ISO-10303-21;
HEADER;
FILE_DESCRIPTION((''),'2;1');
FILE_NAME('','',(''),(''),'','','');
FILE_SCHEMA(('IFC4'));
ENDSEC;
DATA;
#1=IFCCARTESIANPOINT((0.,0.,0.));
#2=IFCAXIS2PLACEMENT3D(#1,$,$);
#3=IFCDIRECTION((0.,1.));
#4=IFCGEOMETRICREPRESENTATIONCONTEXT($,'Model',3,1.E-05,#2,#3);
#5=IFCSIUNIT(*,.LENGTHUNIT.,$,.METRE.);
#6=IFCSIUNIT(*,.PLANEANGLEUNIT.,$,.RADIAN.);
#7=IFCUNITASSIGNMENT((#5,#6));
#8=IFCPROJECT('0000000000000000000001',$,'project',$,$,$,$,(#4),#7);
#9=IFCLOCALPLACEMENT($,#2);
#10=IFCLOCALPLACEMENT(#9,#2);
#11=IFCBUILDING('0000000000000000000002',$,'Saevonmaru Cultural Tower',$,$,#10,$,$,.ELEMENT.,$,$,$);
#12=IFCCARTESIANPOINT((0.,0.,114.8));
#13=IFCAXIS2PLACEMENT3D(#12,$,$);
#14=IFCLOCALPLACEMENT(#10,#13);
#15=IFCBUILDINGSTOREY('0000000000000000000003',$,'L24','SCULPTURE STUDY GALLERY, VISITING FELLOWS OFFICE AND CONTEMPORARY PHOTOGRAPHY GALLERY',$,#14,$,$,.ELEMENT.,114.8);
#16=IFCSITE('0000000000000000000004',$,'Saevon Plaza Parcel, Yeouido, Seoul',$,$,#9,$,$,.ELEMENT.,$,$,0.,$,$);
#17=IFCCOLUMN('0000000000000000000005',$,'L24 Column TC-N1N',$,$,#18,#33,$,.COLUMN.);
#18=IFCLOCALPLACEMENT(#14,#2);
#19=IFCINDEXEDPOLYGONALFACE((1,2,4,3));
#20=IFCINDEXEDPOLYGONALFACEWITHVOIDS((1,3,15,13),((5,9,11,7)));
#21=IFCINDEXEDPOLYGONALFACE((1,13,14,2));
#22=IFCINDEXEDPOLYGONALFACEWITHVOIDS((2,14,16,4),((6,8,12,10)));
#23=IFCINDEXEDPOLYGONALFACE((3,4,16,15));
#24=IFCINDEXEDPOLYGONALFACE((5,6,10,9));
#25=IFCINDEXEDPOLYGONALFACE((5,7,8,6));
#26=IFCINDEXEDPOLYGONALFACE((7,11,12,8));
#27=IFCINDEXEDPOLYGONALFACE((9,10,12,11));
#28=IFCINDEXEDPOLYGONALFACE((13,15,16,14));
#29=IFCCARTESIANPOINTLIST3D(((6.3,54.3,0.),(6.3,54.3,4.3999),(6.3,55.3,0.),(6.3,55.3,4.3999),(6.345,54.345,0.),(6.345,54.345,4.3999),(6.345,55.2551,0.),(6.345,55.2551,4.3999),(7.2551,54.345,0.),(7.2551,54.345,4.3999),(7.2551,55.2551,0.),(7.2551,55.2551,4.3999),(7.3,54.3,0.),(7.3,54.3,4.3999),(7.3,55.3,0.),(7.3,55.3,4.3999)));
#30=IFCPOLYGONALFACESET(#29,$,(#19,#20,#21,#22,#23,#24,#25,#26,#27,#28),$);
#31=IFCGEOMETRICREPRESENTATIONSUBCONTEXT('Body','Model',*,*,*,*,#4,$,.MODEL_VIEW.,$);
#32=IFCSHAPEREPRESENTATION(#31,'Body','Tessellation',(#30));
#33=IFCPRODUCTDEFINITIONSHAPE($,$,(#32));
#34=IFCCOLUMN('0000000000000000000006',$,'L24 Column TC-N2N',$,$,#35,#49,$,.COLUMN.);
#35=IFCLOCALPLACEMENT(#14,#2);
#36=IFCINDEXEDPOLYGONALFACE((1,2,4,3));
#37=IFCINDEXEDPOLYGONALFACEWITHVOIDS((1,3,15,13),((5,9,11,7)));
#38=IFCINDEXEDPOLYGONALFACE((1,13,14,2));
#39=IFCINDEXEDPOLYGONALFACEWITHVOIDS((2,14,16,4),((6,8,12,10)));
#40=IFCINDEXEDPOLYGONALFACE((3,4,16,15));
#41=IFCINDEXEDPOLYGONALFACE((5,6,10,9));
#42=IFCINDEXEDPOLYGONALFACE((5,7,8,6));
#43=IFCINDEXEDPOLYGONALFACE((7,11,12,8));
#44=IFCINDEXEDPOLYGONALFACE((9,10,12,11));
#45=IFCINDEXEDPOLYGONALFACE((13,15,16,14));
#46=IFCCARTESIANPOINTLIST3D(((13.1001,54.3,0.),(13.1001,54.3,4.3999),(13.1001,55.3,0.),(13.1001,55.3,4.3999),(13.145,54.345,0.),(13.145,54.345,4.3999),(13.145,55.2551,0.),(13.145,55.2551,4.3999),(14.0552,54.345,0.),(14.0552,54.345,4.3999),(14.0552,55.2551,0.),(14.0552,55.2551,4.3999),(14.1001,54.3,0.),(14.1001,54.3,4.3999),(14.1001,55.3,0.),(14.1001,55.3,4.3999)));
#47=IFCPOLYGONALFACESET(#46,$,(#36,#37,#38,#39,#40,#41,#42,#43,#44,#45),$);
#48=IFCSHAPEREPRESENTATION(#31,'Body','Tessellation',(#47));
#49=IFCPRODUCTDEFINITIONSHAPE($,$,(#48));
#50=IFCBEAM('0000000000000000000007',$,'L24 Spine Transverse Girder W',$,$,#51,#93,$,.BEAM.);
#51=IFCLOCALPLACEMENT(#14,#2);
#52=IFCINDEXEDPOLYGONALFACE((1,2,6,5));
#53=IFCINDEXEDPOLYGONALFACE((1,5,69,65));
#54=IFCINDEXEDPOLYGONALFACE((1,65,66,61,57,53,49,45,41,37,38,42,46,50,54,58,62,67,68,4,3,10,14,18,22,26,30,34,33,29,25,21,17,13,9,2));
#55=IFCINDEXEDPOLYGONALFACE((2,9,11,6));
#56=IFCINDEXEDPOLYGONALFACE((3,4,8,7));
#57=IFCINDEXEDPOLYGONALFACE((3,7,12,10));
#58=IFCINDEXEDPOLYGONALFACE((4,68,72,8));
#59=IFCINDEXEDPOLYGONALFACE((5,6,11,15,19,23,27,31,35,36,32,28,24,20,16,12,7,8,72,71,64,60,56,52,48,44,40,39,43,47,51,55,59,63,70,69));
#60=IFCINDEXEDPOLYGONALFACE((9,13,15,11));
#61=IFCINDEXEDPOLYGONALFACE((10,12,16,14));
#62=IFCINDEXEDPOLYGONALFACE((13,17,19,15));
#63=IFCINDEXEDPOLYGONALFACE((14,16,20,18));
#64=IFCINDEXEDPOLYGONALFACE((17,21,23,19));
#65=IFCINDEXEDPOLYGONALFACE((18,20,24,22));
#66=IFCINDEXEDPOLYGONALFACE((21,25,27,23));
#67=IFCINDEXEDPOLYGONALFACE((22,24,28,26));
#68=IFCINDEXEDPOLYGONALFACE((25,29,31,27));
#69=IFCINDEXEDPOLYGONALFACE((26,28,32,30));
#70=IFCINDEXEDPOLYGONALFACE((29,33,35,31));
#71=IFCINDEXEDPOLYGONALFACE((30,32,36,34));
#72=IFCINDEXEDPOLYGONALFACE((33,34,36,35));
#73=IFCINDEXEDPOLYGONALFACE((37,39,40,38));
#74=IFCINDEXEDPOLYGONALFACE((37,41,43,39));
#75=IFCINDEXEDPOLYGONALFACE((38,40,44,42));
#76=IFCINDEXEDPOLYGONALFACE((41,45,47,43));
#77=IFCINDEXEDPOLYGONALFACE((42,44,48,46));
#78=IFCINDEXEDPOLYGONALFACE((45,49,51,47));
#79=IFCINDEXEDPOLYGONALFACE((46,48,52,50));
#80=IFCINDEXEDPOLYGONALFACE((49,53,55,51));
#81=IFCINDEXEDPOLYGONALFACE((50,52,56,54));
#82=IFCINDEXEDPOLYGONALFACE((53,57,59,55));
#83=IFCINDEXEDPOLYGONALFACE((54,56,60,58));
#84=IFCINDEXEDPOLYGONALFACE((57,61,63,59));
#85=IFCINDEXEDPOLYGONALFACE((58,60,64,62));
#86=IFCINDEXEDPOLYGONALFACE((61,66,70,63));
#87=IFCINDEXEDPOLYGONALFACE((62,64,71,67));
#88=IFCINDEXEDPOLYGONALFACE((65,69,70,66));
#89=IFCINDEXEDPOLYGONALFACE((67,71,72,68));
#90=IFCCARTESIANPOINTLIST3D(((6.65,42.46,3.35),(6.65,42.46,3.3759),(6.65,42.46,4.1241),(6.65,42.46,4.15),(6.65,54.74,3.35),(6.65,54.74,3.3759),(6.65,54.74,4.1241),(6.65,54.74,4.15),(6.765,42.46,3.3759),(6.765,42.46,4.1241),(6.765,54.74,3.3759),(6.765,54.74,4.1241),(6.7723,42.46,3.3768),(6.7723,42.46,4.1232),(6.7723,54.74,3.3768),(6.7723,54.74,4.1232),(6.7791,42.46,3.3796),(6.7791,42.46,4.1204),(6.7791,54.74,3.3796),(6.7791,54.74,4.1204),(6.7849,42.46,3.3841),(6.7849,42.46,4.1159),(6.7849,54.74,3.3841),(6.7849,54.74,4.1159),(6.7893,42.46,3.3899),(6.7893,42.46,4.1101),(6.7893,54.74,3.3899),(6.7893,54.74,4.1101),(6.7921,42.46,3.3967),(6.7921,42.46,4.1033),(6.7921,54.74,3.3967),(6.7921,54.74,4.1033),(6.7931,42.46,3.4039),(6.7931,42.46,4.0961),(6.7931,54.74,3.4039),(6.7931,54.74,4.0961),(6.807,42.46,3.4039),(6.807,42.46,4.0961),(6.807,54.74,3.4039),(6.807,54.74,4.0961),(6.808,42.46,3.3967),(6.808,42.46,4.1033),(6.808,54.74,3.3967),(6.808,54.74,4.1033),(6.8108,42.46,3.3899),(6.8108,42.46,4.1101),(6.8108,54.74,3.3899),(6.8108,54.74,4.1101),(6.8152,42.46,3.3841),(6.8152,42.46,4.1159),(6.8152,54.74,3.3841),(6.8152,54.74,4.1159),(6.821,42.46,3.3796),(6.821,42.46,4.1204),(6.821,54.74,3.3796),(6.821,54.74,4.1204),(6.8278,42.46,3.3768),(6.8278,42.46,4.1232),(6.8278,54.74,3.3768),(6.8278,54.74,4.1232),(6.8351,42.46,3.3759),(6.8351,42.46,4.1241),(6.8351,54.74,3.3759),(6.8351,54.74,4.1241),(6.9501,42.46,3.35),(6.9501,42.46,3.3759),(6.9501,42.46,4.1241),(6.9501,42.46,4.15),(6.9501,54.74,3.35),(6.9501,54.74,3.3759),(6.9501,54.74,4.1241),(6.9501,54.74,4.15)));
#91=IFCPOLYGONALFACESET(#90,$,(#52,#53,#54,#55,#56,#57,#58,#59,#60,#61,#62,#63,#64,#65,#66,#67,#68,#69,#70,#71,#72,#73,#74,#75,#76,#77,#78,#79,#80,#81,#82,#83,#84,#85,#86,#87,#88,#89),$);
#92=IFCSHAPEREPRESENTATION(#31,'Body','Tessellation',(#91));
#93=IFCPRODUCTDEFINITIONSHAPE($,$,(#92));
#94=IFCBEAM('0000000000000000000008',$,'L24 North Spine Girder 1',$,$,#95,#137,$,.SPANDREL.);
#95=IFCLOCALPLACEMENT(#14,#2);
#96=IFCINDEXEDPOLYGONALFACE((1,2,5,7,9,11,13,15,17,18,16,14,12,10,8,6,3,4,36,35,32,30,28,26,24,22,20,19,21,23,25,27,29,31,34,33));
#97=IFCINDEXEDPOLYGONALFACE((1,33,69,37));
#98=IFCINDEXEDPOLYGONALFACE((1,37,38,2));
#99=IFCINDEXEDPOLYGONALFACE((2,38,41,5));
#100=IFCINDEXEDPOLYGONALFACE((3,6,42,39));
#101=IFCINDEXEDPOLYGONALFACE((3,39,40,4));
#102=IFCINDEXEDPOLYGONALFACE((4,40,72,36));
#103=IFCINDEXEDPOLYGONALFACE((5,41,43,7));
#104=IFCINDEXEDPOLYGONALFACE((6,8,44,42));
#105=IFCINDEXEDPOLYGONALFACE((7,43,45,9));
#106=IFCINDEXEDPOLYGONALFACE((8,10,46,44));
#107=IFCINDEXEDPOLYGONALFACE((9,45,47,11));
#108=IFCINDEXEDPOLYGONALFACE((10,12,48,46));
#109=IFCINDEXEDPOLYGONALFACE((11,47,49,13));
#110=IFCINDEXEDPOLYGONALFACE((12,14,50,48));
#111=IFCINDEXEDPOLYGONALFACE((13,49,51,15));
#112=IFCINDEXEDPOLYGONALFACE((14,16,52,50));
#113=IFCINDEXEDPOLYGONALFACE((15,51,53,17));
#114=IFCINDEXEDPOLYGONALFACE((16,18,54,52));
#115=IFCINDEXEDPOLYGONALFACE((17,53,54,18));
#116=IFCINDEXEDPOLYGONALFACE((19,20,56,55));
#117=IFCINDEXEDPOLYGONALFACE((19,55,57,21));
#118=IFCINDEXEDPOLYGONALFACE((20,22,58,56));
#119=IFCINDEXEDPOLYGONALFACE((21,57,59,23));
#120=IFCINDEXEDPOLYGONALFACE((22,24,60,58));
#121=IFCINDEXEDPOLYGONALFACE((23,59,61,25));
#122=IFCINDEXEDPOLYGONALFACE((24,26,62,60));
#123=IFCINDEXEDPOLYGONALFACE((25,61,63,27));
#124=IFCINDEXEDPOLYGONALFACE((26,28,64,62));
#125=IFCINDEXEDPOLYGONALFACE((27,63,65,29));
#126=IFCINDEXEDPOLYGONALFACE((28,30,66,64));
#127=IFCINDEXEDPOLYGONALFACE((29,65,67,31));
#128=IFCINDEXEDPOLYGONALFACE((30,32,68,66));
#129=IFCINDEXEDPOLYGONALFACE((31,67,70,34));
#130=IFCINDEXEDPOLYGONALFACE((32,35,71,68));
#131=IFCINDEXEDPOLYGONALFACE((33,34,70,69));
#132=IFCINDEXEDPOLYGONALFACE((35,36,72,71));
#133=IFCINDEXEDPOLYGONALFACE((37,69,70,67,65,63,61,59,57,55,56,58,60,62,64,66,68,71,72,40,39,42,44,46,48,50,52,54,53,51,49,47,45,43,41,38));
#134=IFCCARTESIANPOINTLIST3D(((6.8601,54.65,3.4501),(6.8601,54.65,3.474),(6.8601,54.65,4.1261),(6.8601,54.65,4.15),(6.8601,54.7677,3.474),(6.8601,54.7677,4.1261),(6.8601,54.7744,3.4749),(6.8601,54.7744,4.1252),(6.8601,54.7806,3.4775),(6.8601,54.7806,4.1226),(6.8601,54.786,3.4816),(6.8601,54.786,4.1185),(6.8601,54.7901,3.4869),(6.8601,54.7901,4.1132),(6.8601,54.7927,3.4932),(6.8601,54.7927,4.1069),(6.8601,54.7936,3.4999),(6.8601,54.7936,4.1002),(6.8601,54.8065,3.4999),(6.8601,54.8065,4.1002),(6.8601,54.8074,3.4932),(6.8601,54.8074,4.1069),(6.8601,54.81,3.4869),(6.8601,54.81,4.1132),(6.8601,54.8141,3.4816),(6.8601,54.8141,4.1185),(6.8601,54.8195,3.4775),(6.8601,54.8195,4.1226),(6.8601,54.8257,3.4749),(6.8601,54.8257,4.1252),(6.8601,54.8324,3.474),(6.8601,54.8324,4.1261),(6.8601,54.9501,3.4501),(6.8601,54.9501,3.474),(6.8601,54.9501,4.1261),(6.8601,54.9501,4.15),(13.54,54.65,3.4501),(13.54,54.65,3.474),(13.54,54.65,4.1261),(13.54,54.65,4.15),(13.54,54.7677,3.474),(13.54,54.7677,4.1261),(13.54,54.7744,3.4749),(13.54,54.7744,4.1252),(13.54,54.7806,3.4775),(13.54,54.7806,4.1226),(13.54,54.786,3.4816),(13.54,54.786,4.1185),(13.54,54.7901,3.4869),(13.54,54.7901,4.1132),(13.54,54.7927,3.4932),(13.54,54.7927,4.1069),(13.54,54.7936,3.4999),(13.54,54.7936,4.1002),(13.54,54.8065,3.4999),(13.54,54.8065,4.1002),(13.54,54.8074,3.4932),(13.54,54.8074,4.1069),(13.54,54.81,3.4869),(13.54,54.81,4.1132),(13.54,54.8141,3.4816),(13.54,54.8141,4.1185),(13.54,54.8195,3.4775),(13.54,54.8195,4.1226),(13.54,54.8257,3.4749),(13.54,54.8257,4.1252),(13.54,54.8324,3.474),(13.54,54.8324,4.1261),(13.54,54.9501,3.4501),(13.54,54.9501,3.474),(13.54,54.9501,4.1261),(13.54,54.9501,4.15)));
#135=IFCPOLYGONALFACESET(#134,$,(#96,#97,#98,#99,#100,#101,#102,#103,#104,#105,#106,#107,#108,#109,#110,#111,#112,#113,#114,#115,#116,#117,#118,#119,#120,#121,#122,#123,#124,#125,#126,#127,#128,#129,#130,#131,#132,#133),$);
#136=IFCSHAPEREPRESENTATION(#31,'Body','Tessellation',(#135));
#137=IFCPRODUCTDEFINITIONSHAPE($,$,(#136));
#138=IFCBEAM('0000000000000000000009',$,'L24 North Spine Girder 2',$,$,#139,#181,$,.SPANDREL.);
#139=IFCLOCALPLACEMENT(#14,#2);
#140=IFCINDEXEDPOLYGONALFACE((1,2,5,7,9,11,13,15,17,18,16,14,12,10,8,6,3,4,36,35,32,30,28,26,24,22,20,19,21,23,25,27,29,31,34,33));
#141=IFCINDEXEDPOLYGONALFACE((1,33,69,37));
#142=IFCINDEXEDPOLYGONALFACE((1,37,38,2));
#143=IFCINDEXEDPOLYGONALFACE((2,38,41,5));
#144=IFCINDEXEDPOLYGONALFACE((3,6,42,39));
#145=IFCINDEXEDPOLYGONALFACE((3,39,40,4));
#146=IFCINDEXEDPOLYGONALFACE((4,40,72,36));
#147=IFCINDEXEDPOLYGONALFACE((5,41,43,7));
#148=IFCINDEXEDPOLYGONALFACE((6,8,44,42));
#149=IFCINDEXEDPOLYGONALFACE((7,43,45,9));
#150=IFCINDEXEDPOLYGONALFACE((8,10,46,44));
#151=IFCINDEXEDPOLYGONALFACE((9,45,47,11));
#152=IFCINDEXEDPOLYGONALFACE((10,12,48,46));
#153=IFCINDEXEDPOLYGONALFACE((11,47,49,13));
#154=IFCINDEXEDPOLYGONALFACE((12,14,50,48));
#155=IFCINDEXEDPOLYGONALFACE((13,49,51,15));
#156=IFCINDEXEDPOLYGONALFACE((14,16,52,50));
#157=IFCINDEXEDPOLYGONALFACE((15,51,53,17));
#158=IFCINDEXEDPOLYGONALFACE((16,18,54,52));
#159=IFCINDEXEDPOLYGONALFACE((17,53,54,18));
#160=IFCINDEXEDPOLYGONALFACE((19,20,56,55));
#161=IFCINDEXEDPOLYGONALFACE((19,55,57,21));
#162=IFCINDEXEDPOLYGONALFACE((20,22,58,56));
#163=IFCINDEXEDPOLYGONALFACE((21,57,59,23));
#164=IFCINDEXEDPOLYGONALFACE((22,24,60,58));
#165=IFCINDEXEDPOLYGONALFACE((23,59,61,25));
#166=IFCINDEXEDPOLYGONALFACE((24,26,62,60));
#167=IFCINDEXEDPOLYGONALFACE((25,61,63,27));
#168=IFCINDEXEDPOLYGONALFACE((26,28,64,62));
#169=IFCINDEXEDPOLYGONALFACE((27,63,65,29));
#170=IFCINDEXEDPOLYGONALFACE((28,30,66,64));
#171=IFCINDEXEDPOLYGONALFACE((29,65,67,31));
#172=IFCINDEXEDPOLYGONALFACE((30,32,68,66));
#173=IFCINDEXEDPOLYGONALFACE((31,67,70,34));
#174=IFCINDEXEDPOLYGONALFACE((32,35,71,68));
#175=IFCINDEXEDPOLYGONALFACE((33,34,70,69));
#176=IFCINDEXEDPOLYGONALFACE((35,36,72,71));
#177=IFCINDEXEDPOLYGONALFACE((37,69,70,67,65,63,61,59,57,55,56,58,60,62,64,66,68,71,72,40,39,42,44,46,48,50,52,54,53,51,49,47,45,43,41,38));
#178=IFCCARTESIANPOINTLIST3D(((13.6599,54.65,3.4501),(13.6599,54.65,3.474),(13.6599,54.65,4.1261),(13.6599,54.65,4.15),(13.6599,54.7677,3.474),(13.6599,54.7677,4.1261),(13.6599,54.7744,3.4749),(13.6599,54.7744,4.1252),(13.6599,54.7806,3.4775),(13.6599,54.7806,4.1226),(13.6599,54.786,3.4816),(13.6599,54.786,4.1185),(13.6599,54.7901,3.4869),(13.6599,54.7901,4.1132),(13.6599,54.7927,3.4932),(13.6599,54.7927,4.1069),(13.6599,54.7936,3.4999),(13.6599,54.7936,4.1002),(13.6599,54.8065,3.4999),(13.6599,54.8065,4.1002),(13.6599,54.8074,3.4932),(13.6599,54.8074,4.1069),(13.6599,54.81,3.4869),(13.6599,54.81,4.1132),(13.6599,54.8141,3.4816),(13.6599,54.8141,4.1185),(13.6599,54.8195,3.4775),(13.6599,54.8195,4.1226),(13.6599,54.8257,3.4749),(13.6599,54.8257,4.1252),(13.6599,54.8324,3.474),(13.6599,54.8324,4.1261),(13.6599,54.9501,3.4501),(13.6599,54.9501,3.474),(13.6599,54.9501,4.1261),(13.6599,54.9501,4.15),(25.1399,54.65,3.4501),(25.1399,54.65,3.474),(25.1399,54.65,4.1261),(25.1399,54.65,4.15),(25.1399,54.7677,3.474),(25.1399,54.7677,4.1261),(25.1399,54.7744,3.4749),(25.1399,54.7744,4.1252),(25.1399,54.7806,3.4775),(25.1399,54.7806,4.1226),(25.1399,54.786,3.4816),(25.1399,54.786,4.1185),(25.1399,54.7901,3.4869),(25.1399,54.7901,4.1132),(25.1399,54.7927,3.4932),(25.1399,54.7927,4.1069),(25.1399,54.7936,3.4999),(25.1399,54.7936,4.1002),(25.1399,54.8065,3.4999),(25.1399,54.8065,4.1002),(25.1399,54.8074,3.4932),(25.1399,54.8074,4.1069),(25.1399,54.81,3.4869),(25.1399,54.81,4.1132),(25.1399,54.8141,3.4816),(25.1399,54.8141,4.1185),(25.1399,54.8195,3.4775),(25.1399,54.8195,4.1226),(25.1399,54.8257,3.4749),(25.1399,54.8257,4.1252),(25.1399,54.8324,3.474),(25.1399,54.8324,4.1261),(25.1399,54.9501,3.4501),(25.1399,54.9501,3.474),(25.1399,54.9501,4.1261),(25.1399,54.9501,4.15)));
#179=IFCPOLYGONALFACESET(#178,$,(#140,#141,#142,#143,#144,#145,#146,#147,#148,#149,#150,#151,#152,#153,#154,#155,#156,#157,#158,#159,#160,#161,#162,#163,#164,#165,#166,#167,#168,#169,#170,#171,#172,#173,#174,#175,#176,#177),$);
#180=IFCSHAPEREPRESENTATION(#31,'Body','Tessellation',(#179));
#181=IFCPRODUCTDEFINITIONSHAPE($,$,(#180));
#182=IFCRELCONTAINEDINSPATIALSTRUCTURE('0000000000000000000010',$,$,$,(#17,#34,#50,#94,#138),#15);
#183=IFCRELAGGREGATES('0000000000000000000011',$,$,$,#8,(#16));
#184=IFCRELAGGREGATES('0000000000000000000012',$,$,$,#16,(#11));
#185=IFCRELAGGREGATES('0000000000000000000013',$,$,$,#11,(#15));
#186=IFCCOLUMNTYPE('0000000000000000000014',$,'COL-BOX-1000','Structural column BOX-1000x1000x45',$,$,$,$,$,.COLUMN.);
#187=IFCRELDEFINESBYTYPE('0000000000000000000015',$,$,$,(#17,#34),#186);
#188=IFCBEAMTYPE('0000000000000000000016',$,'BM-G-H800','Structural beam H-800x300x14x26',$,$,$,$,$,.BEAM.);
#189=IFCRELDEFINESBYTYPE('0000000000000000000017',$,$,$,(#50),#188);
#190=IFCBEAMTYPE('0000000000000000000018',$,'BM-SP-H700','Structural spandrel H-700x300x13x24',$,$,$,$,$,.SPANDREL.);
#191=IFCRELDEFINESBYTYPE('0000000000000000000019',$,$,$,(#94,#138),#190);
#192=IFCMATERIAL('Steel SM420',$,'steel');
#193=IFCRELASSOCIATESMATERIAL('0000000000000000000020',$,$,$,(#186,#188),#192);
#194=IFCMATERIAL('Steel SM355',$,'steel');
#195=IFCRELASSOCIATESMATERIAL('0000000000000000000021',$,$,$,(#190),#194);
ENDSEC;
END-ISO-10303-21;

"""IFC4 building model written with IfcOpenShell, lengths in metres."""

from ifc_helpers import new_model, si_unit, direction, frame, origin, origin_2d, place, context, subcontext, project, spatial, hollow_rectangle, i_section, extrude, material, material_profile, profile_set, type_object, element, save


model = new_model("IFC4")

# Units and contexts
model_context = context("Model", 3, precision=1e-05, world=origin(), true_north=direction((0.0, 1.0)))
body_context = subcontext(model_context, "Body", "Model", "MODEL_VIEW")
ifc_project = project(units=[si_unit("LENGTHUNIT", "METRE"), si_unit("PLANEANGLEUNIT", "RADIAN")], contexts=[model_context])

# Site, building, storey
site_placement = place(None, origin())
site = spatial("IfcSite", under=ifc_project, at=site_placement, Name="Saevon Plaza Parcel, Yeouido, Seoul", CompositionType="ELEMENT", RefElevation=0.0)
building_placement = place(site_placement, origin())
building = spatial("IfcBuilding", under=site, at=building_placement, Name="Saevonmaru Cultural Tower", CompositionType="ELEMENT")
storey_placement = place(building_placement, frame((0.0, 0.0, 114.8)))
storey = spatial("IfcBuildingStorey", under=building, at=storey_placement, Name="L24", Description="SCULPTURE STUDY GALLERY, VISITING FELLOWS OFFICE AND CONTEMPORARY PHOTOGRAPHY GALLERY", CompositionType="ELEMENT", Elevation=114.8)

# Columns
ifc_material_1 = material(Name="Steel SM420", Category="steel")
ifc_material_profile_1 = material_profile(ifc_material_1, hollow_rectangle(XDim=1.0, YDim=1.0, WallThickness=0.0449, at=origin_2d()), Name="BOX-1000x1000x45")
ifc_profile_set_1 = profile_set([ifc_material_profile_1], Name="Steel SM420")
column_type = type_object("IfcColumnType", Name="COL-BOX-1000", Description="Structural column BOX-1000x1000x45", PredefinedType="COLUMN", material=ifc_profile_set_1)
for number, where, z_axis, x_axis, name in (
    (1, (6.8, 54.8, 0.0), (0.0, 0.0, 1.0), (1.0, 0.0, 0.0), "L24 Column TC-N1N"),
    (2, (13.6001, 54.8, 0.0), (0.0, 0.0, 1.0), (1.0, 0.0, 0.0), "L24 Column TC-N2N"),
):
    element("IfcColumn", number, at=place(storey_placement, frame(where, z_axis=z_axis, x_axis=x_axis)), inside=storey, type_object=column_type, Name=name, PredefinedType="COLUMN", context=body_context, shape_type="SweptSolid", body=[
        extrude(hollow_rectangle(XDim=1.0, YDim=1.0, WallThickness=0.0449, at=origin_2d()), origin(), (0.0, 0.0, 1.0), 4.3999),
    ])

# Beams
ifc_material_profile_2 = material_profile(ifc_material_1, i_section(OverallWidth=0.3, OverallDepth=0.8, WebThickness=0.0139, FlangeThickness=0.0259, FilletRadius=0.0281, at=origin_2d()), Name="H-800x300x14x26")
ifc_profile_set_2 = profile_set([ifc_material_profile_2], Name="Steel SM420")
beam_type_1 = type_object("IfcBeamType", Name="BM-G-H800", Description="Structural beam H-800x300x14x26", PredefinedType="BEAM", material=ifc_profile_set_2)
beam_1_placement = place(storey_placement, frame((6.8, 54.74, 3.75), z_axis=(0.0, -1.0, 0.0), x_axis=(1.0, 0.0, 0.0)))
element("IfcBeam", 3, at=beam_1_placement, inside=storey, type_object=beam_type_1, Name="L24 Spine Transverse Girder W", PredefinedType="BEAM", context=body_context, shape_type="SweptSolid", body=[
    extrude(i_section(OverallWidth=0.3, OverallDepth=0.8, WebThickness=0.0139, FlangeThickness=0.0259, FilletRadius=0.0281, at=origin_2d()), origin(), (0.0, 0.0, 1.0), 12.28),
])
ifc_material_2 = material(Name="Steel SM355", Category="steel")
ifc_material_profile_3 = material_profile(ifc_material_2, i_section(OverallWidth=0.3, OverallDepth=0.7, WebThickness=0.0129, FlangeThickness=0.0239, FilletRadius=0.0259, at=origin_2d()), Name="H-700x300x13x24")
ifc_profile_set_3 = profile_set([ifc_material_profile_3], Name="Steel SM355")
beam_type_2 = type_object("IfcBeamType", Name="BM-SP-H700", Description="Structural spandrel H-700x300x13x24", PredefinedType="SPANDREL", material=ifc_profile_set_3)
beam_2_placement = place(storey_placement, frame((6.8601, 54.8, 3.8), z_axis=(1.0, 0.0, 0.0), x_axis=(0.0, 1.0, 0.0)))
element("IfcBeam", 4, at=beam_2_placement, inside=storey, type_object=beam_type_2, Name="L24 North Spine Girder 1", PredefinedType="SPANDREL", context=body_context, shape_type="SweptSolid", body=[
    extrude(i_section(OverallWidth=0.3, OverallDepth=0.7, WebThickness=0.0129, FlangeThickness=0.0239, FilletRadius=0.0259, at=origin_2d()), origin(), (0.0, 0.0, 1.0), 6.6799),
])
beam_3_placement = place(storey_placement, frame((13.6599, 54.8, 3.8), z_axis=(1.0, 0.0, 0.0), x_axis=(0.0, 1.0, 0.0)))
element("IfcBeam", 5, at=beam_3_placement, inside=storey, type_object=beam_type_2, Name="L24 North Spine Girder 2", PredefinedType="SPANDREL", context=body_context, shape_type="SweptSolid", body=[
    extrude(i_section(OverallWidth=0.3, OverallDepth=0.7, WebThickness=0.0129, FlangeThickness=0.0239, FilletRadius=0.0259, at=origin_2d()), origin(), (0.0, 0.0, 1.0), 11.48),
])

save(model, "model.ifc")
